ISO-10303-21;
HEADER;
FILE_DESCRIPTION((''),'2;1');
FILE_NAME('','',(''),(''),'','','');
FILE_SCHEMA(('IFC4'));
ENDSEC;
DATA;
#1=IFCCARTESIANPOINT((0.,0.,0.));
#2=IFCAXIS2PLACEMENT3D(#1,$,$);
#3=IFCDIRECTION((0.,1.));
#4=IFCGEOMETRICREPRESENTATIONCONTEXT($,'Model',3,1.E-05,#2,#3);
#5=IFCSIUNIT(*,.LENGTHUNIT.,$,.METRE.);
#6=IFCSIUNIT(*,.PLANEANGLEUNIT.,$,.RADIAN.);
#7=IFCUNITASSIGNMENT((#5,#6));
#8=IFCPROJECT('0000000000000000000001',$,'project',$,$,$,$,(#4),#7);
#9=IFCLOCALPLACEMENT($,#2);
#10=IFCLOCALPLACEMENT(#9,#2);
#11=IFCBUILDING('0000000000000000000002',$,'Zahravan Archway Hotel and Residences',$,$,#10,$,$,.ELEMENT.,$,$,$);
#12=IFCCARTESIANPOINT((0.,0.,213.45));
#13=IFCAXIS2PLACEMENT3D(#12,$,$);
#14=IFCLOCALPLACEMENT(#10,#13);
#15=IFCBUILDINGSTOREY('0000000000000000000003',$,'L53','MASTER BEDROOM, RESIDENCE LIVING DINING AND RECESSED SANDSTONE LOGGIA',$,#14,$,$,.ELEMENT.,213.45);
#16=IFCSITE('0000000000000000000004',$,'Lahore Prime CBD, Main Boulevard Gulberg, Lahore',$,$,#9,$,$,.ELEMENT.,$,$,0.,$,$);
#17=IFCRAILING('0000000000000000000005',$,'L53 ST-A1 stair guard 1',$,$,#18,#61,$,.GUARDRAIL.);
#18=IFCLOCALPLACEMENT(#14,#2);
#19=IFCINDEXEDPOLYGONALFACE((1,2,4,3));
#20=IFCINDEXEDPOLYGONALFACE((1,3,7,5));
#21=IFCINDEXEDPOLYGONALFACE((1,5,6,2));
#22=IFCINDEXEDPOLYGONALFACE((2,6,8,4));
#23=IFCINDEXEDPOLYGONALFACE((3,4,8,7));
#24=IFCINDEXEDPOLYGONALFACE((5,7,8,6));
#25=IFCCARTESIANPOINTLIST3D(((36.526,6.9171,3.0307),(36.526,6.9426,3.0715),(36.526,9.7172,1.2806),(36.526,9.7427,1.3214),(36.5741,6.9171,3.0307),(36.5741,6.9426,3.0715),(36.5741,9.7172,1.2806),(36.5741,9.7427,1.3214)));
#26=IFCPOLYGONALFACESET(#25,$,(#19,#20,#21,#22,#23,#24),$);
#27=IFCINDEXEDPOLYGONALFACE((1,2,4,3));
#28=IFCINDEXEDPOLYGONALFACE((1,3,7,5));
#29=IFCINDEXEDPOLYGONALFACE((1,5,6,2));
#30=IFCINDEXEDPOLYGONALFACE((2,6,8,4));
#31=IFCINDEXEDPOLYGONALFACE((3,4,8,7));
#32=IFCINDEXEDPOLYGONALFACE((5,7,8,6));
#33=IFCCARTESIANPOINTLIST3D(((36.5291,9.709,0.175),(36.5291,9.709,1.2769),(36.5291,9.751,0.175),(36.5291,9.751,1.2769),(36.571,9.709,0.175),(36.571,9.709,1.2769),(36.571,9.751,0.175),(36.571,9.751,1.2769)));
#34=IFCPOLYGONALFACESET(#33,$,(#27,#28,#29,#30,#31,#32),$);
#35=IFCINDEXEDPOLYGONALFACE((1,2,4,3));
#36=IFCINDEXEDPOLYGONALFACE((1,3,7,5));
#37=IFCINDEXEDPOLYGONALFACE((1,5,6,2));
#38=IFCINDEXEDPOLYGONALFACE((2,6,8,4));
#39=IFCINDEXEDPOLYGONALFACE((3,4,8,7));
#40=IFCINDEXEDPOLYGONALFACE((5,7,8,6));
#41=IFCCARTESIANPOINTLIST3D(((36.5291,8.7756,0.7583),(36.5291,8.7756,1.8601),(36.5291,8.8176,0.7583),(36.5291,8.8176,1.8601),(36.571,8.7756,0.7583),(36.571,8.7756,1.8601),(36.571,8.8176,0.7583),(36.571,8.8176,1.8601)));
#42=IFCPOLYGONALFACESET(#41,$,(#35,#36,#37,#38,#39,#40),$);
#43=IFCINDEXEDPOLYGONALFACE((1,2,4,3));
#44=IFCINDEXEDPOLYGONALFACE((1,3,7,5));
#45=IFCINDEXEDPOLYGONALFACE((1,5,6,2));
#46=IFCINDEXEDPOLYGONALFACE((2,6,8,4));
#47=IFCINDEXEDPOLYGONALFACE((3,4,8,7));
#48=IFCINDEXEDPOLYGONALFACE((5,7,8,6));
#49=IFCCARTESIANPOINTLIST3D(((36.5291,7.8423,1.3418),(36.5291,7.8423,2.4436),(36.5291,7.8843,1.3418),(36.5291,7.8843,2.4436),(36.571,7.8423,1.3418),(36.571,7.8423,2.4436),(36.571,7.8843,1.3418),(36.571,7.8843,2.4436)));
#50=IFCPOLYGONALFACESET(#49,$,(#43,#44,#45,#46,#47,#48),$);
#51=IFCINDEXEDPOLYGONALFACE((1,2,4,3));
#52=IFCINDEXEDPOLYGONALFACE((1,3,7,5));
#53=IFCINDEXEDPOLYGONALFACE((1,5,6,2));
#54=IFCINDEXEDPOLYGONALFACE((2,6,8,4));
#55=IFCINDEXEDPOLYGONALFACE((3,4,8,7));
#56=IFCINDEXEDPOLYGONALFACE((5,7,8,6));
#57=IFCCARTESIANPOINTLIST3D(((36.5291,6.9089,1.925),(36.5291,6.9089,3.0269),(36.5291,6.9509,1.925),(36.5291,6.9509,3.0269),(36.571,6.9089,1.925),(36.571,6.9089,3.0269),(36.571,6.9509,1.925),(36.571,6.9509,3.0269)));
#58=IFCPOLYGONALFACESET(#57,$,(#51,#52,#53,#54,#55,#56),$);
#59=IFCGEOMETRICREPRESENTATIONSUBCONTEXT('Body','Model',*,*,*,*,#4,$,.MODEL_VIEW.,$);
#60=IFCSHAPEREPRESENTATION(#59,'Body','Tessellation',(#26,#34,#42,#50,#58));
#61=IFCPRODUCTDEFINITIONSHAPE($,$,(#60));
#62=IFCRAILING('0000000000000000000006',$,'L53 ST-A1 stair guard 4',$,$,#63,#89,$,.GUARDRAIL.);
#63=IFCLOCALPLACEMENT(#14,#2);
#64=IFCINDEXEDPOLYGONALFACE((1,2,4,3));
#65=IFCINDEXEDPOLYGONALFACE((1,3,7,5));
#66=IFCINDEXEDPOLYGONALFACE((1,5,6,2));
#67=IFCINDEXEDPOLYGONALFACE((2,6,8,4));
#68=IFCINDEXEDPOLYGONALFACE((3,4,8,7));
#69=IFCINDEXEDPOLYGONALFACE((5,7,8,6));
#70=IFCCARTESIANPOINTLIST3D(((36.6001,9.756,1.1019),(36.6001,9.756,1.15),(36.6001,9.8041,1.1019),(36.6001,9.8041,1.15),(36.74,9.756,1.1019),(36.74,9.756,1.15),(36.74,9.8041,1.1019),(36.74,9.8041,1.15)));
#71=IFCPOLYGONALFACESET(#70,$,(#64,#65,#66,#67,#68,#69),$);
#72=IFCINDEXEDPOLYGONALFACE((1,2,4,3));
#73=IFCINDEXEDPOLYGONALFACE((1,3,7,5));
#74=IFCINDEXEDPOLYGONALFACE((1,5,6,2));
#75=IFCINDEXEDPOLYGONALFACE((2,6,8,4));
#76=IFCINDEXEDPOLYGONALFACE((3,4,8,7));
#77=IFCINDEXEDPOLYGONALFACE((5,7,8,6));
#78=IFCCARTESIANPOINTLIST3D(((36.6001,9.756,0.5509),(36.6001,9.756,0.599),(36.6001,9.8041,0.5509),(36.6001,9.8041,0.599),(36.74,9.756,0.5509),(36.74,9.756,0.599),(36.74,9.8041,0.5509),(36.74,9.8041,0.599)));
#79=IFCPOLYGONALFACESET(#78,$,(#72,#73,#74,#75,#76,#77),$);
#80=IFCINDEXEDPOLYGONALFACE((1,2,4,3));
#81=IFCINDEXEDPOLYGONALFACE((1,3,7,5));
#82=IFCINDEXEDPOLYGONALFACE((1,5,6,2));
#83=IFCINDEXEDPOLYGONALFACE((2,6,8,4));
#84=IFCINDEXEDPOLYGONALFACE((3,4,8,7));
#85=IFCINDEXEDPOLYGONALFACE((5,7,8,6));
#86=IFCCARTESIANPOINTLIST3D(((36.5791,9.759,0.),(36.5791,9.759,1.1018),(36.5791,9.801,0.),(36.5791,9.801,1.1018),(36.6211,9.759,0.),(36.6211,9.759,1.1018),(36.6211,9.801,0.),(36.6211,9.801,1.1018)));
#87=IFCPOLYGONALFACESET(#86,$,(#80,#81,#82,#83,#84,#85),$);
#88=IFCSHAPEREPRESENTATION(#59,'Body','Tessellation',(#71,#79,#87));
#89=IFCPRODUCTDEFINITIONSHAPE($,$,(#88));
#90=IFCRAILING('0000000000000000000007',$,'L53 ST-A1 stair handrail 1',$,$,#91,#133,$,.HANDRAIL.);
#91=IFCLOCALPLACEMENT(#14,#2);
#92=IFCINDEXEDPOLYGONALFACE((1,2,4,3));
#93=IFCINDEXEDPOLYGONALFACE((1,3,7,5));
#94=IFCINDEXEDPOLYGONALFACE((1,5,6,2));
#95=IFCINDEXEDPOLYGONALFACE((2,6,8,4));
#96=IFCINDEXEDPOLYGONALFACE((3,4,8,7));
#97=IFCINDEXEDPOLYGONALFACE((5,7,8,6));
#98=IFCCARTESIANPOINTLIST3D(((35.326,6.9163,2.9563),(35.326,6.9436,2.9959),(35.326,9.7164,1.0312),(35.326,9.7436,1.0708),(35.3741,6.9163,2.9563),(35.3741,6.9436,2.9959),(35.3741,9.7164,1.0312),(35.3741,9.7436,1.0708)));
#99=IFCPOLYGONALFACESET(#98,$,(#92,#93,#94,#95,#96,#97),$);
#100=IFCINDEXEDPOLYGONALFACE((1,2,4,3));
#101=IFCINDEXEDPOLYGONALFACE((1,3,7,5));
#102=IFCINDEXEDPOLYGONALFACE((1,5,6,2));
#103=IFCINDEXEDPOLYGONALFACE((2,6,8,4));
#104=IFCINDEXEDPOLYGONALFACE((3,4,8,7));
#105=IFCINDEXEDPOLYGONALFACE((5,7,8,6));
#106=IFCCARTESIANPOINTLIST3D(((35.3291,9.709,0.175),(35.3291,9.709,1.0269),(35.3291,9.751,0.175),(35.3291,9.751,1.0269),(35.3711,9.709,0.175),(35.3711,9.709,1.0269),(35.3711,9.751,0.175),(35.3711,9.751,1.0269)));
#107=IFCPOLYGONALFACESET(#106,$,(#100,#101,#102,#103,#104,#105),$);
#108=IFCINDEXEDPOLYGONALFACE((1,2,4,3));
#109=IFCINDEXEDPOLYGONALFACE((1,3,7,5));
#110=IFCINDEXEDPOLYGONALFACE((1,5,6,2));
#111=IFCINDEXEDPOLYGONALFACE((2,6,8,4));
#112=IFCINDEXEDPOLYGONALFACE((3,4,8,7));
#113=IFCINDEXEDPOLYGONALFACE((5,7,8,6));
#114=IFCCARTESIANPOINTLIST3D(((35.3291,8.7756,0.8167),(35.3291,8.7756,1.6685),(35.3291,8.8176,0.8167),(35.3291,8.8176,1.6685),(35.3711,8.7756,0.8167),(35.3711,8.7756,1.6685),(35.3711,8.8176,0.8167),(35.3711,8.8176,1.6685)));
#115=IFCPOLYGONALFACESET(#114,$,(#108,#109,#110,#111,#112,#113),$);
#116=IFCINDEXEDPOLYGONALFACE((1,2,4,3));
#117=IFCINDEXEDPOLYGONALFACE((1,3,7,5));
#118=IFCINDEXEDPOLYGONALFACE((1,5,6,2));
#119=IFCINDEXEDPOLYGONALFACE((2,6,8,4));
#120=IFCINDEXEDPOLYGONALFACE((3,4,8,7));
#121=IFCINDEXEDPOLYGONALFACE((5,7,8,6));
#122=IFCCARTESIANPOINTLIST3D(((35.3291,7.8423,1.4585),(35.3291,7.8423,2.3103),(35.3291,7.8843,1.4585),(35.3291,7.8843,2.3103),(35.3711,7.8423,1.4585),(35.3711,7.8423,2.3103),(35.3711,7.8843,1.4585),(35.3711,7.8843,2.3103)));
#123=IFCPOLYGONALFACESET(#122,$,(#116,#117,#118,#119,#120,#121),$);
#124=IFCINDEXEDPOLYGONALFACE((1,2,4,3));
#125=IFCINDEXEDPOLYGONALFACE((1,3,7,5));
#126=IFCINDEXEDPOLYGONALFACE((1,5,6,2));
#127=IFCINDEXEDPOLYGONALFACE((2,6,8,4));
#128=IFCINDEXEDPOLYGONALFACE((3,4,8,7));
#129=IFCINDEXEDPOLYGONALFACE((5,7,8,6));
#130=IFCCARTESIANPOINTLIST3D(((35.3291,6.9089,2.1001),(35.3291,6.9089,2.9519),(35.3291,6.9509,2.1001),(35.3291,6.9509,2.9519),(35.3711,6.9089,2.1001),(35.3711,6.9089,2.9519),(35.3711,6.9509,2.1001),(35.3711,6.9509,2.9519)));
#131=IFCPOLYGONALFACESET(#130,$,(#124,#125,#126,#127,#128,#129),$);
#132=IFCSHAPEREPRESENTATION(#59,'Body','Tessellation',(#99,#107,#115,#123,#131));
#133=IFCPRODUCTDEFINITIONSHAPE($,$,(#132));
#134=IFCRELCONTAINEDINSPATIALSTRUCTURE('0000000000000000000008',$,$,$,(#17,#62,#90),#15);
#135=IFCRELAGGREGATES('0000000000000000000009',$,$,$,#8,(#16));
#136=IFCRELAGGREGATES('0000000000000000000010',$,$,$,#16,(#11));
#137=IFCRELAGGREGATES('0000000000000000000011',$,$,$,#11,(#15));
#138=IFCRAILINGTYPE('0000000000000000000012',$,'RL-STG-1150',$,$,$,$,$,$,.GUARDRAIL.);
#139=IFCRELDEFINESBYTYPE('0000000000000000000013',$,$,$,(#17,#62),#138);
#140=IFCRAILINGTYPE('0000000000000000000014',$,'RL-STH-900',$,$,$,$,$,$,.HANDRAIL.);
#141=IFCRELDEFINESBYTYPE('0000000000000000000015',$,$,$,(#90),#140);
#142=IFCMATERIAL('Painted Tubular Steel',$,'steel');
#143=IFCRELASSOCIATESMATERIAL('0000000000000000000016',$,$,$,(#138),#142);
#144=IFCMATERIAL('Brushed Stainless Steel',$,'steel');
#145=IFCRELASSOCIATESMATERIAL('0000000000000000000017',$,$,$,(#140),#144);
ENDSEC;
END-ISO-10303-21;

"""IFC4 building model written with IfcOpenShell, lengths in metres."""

from ifc_helpers import new_model, si_unit, direction, frame, origin, origin_2d, place, context, subcontext, project, spatial, rectangle, extrude, material, type_object, element, save


model = new_model("IFC4")

# Units and contexts
model_context = context("Model", 3, precision=1e-05, world=origin(), true_north=direction((0.0, 1.0)))
body_context = subcontext(model_context, "Body", "Model", "MODEL_VIEW")
ifc_project = project(units=[si_unit("LENGTHUNIT", "METRE"), si_unit("PLANEANGLEUNIT", "RADIAN")], contexts=[model_context])

# Site, building, storey
site_placement = place(None, origin())
site = spatial("IfcSite", under=ifc_project, at=site_placement, Name="Lahore Prime CBD, Main Boulevard Gulberg, Lahore", CompositionType="ELEMENT", RefElevation=0.0)
building_placement = place(site_placement, origin())
building = spatial("IfcBuilding", under=site, at=building_placement, Name="Zahravan Archway Hotel and Residences", CompositionType="ELEMENT")
storey_placement = place(building_placement, frame((0.0, 0.0, 213.45)))
storey = spatial("IfcBuildingStorey", under=building, at=storey_placement, Name="L53", Description="MASTER BEDROOM, RESIDENCE LIVING DINING AND RECESSED SANDSTONE LOGGIA", CompositionType="ELEMENT", Elevation=213.45)

# Shared definitions
ifc_material_1 = material(Name="Brushed Stainless Steel", Category="steel")

# Railings
ifc_material_2 = material(Name="Painted Tubular Steel", Category="steel")
railing_type_1 = type_object("IfcRailingType", Name="RL-STG-1150", PredefinedType="GUARDRAIL", material=ifc_material_2)
railing_1_placement = place(storey_placement, frame((36.55, 9.73, 0.175)))
element("IfcRailing", 1, at=railing_1_placement, inside=storey, type_object=railing_type_1, Name="L53 ST-A1 stair guard 1", PredefinedType="GUARDRAIL", context=body_context, shape_type="SweptSolid", body=[
    extrude(rectangle(XDim=0.0481, YDim=0.0481, at=origin_2d()), frame((0.0, 0.0, 1.126), z_axis=(0.0, -0.848002, 0.529992), x_axis=(1.0, 0.0, 0.0)), (0.0, 0.0, 1.0), 3.302),
    extrude(rectangle(XDim=0.042, YDim=0.042, at=origin_2d()), origin(), (0.0, 0.0, 1.0), 1.1018),
    extrude(rectangle(XDim=0.042, YDim=0.042, at=origin_2d()), frame((0.0, -0.9333, 0.5833)), (0.0, 0.0, 1.0), 1.1018),
    extrude(rectangle(XDim=0.042, YDim=0.042, at=origin_2d()), frame((0.0, -1.8667, 1.1667)), (0.0, 0.0, 1.0), 1.1018),
    extrude(rectangle(XDim=0.042, YDim=0.042, at=origin_2d()), frame((0.0, -2.8, 1.75)), (0.0, 0.0, 1.0), 1.1018),
])
railing_2_placement = place(storey_placement, frame((36.6001, 9.78, 0.0)))
element("IfcRailing", 2, at=railing_2_placement, inside=storey, type_object=railing_type_1, Name="L53 ST-A1 stair guard 4", PredefinedType="GUARDRAIL", context=body_context, shape_type="SweptSolid", body=[
    extrude(rectangle(XDim=0.0481, YDim=0.0481, at=origin_2d()), frame((0.0, 0.0, 1.126), z_axis=(1.0, 0.0, 0.0), x_axis=(0.0, 1.0, 0.0)), (0.0, 0.0, 1.0), 0.1399),
    extrude(rectangle(XDim=0.0481, YDim=0.0481, at=origin_2d()), frame((0.0, 0.0, 0.575), z_axis=(1.0, 0.0, 0.0), x_axis=(0.0, 1.0, 0.0)), (0.0, 0.0, 1.0), 0.1399),
    extrude(rectangle(XDim=0.042, YDim=0.042, at=origin_2d()), origin(), (0.0, 0.0, 1.0), 1.1018),
])
railing_type_2 = type_object("IfcRailingType", Name="RL-STH-900", PredefinedType="HANDRAIL", material=ifc_material_1)
railing_3_placement = place(storey_placement, frame((35.3501, 9.73, 0.175)))
element("IfcRailing", 3, at=railing_3_placement, inside=storey, type_object=railing_type_2, Name="L53 ST-A1 stair handrail 1", PredefinedType="HANDRAIL", context=body_context, shape_type="SweptSolid", body=[
    extrude(rectangle(XDim=0.0481, YDim=0.0481, at=origin_2d()), frame((0.0, 0.0, 0.876), z_axis=(0.0, -0.82404, 0.566532), x_axis=(1.0, 0.0, 0.0)), (0.0, 0.0, 1.0), 3.3979),
    extrude(rectangle(XDim=0.042, YDim=0.042, at=origin_2d()), origin(), (0.0, 0.0, 1.0), 0.8518),
    extrude(rectangle(XDim=0.042, YDim=0.042, at=origin_2d()), frame((0.0, -0.9333, 0.6416)), (0.0, 0.0, 1.0), 0.8518),
    extrude(rectangle(XDim=0.042, YDim=0.042, at=origin_2d()), frame((0.0, -1.8667, 1.2834)), (0.0, 0.0, 1.0), 0.8518),
    extrude(rectangle(XDim=0.042, YDim=0.042, at=origin_2d()), frame((0.0, -2.8, 1.925)), (0.0, 0.0, 1.0), 0.8518),
])

save(model, "model.ifc")
